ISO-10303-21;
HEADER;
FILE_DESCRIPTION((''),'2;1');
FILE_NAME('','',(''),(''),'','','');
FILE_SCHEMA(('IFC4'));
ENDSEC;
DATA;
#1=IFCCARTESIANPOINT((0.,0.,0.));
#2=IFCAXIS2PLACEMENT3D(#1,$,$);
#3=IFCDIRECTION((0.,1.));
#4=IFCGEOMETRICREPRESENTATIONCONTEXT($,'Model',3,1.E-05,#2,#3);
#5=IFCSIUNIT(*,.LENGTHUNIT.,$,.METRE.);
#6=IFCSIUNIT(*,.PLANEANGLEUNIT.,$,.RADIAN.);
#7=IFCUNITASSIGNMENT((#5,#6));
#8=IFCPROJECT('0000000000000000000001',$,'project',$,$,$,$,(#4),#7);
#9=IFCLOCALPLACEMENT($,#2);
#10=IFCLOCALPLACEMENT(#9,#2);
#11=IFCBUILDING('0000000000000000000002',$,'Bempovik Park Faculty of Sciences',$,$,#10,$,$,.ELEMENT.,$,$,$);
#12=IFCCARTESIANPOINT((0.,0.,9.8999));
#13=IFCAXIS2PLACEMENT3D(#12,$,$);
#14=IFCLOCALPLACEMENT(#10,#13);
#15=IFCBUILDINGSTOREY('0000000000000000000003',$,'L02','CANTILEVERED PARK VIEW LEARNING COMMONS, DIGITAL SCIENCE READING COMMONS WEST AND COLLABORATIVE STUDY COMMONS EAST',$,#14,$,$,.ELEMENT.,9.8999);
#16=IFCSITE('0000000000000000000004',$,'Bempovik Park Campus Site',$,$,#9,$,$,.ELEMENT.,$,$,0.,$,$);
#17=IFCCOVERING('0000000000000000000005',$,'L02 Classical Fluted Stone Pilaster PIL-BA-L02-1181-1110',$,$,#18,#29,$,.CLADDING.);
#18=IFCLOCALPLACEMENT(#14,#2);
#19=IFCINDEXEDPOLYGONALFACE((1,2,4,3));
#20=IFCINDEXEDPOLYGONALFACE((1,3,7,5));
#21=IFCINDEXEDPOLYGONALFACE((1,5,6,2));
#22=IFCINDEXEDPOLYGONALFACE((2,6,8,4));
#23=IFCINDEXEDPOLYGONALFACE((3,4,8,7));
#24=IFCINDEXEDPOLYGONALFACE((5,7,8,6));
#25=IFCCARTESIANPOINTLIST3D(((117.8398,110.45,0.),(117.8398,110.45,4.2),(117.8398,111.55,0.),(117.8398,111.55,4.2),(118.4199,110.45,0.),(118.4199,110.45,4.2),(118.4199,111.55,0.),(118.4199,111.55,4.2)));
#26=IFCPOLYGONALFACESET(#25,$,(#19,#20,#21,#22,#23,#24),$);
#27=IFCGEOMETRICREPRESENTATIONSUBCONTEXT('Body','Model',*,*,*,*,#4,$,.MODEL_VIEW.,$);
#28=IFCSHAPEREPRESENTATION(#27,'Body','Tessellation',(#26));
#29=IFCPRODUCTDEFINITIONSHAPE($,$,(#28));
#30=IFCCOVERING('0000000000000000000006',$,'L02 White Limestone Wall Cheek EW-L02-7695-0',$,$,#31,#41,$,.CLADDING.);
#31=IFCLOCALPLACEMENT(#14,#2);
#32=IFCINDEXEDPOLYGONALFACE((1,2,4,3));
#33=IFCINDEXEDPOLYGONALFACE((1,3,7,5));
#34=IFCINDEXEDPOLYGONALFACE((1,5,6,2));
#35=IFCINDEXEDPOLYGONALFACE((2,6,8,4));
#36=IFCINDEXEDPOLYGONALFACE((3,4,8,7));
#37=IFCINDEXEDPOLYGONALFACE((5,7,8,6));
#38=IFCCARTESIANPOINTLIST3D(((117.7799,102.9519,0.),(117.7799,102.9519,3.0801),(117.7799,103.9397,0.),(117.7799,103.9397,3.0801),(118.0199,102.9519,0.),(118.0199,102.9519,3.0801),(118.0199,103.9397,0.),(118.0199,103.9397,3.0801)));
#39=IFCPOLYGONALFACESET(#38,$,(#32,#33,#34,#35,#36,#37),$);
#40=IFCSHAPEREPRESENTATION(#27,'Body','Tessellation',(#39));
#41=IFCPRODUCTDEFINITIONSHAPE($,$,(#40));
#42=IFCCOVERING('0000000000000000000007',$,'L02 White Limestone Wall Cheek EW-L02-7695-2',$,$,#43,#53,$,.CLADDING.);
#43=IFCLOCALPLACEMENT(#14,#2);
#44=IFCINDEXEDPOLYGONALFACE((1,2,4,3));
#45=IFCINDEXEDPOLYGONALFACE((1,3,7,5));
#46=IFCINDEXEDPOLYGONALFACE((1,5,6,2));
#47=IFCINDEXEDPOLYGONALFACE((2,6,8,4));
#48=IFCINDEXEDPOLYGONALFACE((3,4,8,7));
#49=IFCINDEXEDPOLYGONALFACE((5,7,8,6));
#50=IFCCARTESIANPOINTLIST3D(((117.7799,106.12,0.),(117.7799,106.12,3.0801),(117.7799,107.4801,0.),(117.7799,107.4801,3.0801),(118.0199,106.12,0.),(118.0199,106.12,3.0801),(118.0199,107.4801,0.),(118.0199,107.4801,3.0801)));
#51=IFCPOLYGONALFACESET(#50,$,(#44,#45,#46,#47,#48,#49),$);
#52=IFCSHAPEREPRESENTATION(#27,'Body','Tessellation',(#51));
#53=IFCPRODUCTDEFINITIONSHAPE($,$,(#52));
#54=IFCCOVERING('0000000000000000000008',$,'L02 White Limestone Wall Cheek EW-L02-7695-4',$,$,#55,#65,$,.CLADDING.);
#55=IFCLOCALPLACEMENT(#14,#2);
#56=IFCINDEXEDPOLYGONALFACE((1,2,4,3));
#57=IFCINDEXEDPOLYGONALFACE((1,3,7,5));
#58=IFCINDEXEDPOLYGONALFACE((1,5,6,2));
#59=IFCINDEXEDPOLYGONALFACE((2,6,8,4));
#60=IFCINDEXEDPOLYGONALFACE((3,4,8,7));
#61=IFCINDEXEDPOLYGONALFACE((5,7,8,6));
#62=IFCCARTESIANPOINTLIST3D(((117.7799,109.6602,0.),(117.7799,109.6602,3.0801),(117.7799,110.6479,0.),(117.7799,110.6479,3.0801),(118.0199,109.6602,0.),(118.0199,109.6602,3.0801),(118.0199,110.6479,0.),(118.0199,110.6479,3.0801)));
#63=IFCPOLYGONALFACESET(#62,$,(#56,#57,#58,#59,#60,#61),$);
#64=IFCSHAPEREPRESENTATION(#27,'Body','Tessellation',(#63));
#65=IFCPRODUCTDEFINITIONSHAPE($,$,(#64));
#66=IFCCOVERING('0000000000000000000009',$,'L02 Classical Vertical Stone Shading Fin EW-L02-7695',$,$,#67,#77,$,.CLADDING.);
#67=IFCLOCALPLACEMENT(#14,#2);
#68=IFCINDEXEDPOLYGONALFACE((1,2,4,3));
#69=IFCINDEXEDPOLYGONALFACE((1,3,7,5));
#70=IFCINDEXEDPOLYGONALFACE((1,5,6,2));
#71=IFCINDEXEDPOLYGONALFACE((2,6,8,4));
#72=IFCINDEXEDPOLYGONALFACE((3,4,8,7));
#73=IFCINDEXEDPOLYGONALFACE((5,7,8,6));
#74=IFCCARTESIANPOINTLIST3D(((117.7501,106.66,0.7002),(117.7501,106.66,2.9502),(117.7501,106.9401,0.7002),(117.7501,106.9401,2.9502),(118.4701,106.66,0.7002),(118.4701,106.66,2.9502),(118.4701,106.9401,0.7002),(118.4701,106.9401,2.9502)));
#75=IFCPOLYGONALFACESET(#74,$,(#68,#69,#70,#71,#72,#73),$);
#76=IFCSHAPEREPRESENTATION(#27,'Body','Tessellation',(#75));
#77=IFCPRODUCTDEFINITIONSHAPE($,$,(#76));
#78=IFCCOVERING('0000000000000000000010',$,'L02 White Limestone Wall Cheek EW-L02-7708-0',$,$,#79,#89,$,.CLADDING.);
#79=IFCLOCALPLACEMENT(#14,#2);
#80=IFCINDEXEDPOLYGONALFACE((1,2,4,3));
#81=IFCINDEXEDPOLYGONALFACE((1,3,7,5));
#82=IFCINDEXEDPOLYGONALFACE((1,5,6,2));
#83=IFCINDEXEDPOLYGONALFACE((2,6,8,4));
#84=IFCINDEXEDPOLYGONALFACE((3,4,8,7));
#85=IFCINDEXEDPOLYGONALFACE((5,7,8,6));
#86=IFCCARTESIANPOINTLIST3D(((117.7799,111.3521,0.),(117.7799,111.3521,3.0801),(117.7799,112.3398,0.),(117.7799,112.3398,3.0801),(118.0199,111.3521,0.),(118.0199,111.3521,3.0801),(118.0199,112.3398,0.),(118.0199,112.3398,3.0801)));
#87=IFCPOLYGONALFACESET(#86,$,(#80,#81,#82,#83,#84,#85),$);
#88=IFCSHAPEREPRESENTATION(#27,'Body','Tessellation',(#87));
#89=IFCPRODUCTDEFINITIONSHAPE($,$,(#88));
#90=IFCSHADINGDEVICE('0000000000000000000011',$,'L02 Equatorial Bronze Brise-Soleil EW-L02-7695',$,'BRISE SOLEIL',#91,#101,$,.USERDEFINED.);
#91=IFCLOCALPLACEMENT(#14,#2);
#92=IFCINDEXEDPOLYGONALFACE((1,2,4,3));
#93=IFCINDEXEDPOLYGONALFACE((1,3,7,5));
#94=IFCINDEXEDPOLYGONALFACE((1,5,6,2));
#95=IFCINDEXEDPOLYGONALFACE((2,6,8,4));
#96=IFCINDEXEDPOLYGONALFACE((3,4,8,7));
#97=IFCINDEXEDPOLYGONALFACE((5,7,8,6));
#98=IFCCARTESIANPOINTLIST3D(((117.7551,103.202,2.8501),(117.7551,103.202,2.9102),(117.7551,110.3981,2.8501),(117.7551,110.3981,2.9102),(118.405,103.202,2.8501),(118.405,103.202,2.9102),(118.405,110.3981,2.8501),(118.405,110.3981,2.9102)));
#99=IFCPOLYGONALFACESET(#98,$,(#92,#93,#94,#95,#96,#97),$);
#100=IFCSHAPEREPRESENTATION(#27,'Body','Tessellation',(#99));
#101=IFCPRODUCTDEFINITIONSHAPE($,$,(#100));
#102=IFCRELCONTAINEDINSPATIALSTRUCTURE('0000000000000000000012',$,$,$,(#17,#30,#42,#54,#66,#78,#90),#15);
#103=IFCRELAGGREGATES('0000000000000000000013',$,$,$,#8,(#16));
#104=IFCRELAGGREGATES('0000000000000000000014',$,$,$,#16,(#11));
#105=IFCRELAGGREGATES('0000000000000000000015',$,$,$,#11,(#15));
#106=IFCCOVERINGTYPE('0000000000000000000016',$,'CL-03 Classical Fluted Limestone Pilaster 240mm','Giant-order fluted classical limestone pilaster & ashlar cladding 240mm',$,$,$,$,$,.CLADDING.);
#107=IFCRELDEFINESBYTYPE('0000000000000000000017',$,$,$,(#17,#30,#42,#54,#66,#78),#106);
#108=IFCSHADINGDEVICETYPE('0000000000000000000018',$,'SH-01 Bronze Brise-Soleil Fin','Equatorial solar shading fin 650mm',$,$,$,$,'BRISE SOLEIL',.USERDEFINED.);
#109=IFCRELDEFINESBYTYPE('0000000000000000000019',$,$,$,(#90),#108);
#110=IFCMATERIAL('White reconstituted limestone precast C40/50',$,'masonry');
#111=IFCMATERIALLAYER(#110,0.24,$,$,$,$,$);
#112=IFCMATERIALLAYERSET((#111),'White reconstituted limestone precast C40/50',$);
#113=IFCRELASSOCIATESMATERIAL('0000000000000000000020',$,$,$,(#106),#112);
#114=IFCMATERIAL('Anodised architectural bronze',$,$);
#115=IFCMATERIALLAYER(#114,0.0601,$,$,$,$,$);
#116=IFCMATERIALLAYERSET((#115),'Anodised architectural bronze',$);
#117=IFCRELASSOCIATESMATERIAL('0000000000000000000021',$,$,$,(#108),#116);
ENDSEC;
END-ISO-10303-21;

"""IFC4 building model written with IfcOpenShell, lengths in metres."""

from ifc_helpers import new_model, si_unit, direction, frame, origin, origin_2d, place, context, subcontext, project, spatial, rectangle, extrude, material, layer, layer_set, type_object, element, save


model = new_model("IFC4")

# Units and contexts
model_context = context("Model", 3, precision=1e-05, world=origin(), true_north=direction((0.0, 1.0)))
body_context = subcontext(model_context, "Body", "Model", "MODEL_VIEW")
ifc_project = project(units=[si_unit("LENGTHUNIT", "METRE"), si_unit("PLANEANGLEUNIT", "RADIAN")], contexts=[model_context])

# Site, building, storey
site_placement = place(None, origin())
site = spatial("IfcSite", under=ifc_project, at=site_placement, Name="Bempovik Park Campus Site", CompositionType="ELEMENT", RefElevation=0.0)
building_placement = place(site_placement, origin())
building = spatial("IfcBuilding", under=site, at=building_placement, Name="Bempovik Park Faculty of Sciences", CompositionType="ELEMENT")
storey_placement = place(building_placement, frame((0.0, 0.0, 9.8999)))
storey = spatial("IfcBuildingStorey", under=building, at=storey_placement, Name="L02", Description="CANTILEVERED PARK VIEW LEARNING COMMONS, DIGITAL SCIENCE READING COMMONS WEST AND COLLABORATIVE STUDY COMMONS EAST", CompositionType="ELEMENT", Elevation=9.8999)

# Coverings
ifc_material_1 = material(Name="White reconstituted limestone precast C40/50", Category="masonry")
ifc_layer_1 = layer(ifc_material_1, 0.24)
ifc_layer_set_1 = layer_set([ifc_layer_1], Name="White reconstituted limestone precast C40/50")
covering_type_1 = type_object("IfcCoveringType", Name="CL-03 Classical Fluted Limestone Pilaster 240mm", Description="Giant-order fluted classical limestone pilaster & ashlar cladding 240mm", PredefinedType="CLADDING", material=ifc_layer_set_1)
covering_1_placement = place(storey_placement, frame((118.1299, 111.0, 0.0), z_axis=(0.0, 0.0, 1.0), x_axis=(1.0, 0.0, 0.0)))
element("IfcCovering", 1, at=covering_1_placement, inside=storey, type_object=covering_type_1, Name="L02 Classical Fluted Stone Pilaster PIL-BA-L02-1181-1110", PredefinedType="CLADDING", context=body_context, shape_type="SweptSolid", body=[
    extrude(rectangle(XDim=0.5801, YDim=1.1001, at=origin_2d()), origin(), (0.0, 0.0, 1.0), 4.2),
])
covering_2_placement = place(storey_placement, frame((117.8999, 103.4458, 0.0), z_axis=(0.0, 0.0, 1.0), x_axis=(1.0, 0.0, 0.0)))
element("IfcCovering", 2, at=covering_2_placement, inside=storey, type_object=covering_type_1, Name="L02 White Limestone Wall Cheek EW-L02-7695-0", PredefinedType="CLADDING", context=body_context, shape_type="SweptSolid", body=[
    extrude(rectangle(XDim=0.24, YDim=0.9878, at=origin_2d()), origin(), (0.0, 0.0, 1.0), 3.0801),
])
covering_3_placement = place(storey_placement, frame((117.8999, 106.8, 0.0), z_axis=(0.0, 0.0, 1.0), x_axis=(1.0, 0.0, 0.0)))
element("IfcCovering", 3, at=covering_3_placement, inside=storey, type_object=covering_type_1, Name="L02 White Limestone Wall Cheek EW-L02-7695-2", PredefinedType="CLADDING", context=body_context, shape_type="SweptSolid", body=[
    extrude(rectangle(XDim=0.24, YDim=1.3601, at=origin_2d()), origin(), (0.0, 0.0, 1.0), 3.0801),
])
covering_4_placement = place(storey_placement, frame((117.8999, 110.1541, 0.0), z_axis=(0.0, 0.0, 1.0), x_axis=(1.0, 0.0, 0.0)))
element("IfcCovering", 4, at=covering_4_placement, inside=storey, type_object=covering_type_1, Name="L02 White Limestone Wall Cheek EW-L02-7695-4", PredefinedType="CLADDING", context=body_context, shape_type="SweptSolid", body=[
    extrude(rectangle(XDim=0.24, YDim=0.9878, at=origin_2d()), origin(), (0.0, 0.0, 1.0), 3.0801),
])
covering_5_placement = place(storey_placement, frame((118.1101, 106.8, 0.7002), z_axis=(0.0, 0.0, 1.0), x_axis=(1.0, 0.0, 0.0)))
element("IfcCovering", 5, at=covering_5_placement, inside=storey, type_object=covering_type_1, Name="L02 Classical Vertical Stone Shading Fin EW-L02-7695", PredefinedType="CLADDING", context=body_context, shape_type="SweptSolid", body=[
    extrude(rectangle(XDim=0.72, YDim=0.28, at=origin_2d()), origin(), (0.0, 0.0, 1.0), 2.25),
])
covering_6_placement = place(storey_placement, frame((117.8999, 111.8459, 0.0), z_axis=(0.0, 0.0, 1.0), x_axis=(1.0, 0.0, 0.0)))
element("IfcCovering", 6, at=covering_6_placement, inside=storey, type_object=covering_type_1, Name="L02 White Limestone Wall Cheek EW-L02-7708-0", PredefinedType="CLADDING", context=body_context, shape_type="SweptSolid", body=[
    extrude(rectangle(XDim=0.24, YDim=0.9878, at=origin_2d()), origin(), (0.0, 0.0, 1.0), 3.0801),
])

# Shading device
ifc_material_2 = material(Name="Anodised architectural bronze")
ifc_layer_2 = layer(ifc_material_2, 0.0601)
ifc_layer_set_2 = layer_set([ifc_layer_2], Name="Anodised architectural bronze")
shading_device_type = type_object("IfcShadingDeviceType", Name="SH-01 Bronze Brise-Soleil Fin", Description="Equatorial solar shading fin 650mm", ElementType="BRISE SOLEIL", PredefinedType="USERDEFINED", material=ifc_layer_set_2)
shading_device_placement = place(storey_placement, frame((118.0801, 106.8, 2.8501), z_axis=(0.0, 0.0, 1.0), x_axis=(1.0, 0.0, 0.0)))
element("IfcShadingDevice", 7, at=shading_device_placement, inside=storey, type_object=shading_device_type, Name="L02 Equatorial Bronze Brise-Soleil EW-L02-7695", ObjectType="BRISE SOLEIL", PredefinedType="USERDEFINED", context=body_context, shape_type="SweptSolid", body=[
    extrude(rectangle(XDim=0.6499, YDim=7.196, at=origin_2d()), origin(), (0.0, 0.0, 1.0), 0.0601),
])

save(model, "model.ifc")
